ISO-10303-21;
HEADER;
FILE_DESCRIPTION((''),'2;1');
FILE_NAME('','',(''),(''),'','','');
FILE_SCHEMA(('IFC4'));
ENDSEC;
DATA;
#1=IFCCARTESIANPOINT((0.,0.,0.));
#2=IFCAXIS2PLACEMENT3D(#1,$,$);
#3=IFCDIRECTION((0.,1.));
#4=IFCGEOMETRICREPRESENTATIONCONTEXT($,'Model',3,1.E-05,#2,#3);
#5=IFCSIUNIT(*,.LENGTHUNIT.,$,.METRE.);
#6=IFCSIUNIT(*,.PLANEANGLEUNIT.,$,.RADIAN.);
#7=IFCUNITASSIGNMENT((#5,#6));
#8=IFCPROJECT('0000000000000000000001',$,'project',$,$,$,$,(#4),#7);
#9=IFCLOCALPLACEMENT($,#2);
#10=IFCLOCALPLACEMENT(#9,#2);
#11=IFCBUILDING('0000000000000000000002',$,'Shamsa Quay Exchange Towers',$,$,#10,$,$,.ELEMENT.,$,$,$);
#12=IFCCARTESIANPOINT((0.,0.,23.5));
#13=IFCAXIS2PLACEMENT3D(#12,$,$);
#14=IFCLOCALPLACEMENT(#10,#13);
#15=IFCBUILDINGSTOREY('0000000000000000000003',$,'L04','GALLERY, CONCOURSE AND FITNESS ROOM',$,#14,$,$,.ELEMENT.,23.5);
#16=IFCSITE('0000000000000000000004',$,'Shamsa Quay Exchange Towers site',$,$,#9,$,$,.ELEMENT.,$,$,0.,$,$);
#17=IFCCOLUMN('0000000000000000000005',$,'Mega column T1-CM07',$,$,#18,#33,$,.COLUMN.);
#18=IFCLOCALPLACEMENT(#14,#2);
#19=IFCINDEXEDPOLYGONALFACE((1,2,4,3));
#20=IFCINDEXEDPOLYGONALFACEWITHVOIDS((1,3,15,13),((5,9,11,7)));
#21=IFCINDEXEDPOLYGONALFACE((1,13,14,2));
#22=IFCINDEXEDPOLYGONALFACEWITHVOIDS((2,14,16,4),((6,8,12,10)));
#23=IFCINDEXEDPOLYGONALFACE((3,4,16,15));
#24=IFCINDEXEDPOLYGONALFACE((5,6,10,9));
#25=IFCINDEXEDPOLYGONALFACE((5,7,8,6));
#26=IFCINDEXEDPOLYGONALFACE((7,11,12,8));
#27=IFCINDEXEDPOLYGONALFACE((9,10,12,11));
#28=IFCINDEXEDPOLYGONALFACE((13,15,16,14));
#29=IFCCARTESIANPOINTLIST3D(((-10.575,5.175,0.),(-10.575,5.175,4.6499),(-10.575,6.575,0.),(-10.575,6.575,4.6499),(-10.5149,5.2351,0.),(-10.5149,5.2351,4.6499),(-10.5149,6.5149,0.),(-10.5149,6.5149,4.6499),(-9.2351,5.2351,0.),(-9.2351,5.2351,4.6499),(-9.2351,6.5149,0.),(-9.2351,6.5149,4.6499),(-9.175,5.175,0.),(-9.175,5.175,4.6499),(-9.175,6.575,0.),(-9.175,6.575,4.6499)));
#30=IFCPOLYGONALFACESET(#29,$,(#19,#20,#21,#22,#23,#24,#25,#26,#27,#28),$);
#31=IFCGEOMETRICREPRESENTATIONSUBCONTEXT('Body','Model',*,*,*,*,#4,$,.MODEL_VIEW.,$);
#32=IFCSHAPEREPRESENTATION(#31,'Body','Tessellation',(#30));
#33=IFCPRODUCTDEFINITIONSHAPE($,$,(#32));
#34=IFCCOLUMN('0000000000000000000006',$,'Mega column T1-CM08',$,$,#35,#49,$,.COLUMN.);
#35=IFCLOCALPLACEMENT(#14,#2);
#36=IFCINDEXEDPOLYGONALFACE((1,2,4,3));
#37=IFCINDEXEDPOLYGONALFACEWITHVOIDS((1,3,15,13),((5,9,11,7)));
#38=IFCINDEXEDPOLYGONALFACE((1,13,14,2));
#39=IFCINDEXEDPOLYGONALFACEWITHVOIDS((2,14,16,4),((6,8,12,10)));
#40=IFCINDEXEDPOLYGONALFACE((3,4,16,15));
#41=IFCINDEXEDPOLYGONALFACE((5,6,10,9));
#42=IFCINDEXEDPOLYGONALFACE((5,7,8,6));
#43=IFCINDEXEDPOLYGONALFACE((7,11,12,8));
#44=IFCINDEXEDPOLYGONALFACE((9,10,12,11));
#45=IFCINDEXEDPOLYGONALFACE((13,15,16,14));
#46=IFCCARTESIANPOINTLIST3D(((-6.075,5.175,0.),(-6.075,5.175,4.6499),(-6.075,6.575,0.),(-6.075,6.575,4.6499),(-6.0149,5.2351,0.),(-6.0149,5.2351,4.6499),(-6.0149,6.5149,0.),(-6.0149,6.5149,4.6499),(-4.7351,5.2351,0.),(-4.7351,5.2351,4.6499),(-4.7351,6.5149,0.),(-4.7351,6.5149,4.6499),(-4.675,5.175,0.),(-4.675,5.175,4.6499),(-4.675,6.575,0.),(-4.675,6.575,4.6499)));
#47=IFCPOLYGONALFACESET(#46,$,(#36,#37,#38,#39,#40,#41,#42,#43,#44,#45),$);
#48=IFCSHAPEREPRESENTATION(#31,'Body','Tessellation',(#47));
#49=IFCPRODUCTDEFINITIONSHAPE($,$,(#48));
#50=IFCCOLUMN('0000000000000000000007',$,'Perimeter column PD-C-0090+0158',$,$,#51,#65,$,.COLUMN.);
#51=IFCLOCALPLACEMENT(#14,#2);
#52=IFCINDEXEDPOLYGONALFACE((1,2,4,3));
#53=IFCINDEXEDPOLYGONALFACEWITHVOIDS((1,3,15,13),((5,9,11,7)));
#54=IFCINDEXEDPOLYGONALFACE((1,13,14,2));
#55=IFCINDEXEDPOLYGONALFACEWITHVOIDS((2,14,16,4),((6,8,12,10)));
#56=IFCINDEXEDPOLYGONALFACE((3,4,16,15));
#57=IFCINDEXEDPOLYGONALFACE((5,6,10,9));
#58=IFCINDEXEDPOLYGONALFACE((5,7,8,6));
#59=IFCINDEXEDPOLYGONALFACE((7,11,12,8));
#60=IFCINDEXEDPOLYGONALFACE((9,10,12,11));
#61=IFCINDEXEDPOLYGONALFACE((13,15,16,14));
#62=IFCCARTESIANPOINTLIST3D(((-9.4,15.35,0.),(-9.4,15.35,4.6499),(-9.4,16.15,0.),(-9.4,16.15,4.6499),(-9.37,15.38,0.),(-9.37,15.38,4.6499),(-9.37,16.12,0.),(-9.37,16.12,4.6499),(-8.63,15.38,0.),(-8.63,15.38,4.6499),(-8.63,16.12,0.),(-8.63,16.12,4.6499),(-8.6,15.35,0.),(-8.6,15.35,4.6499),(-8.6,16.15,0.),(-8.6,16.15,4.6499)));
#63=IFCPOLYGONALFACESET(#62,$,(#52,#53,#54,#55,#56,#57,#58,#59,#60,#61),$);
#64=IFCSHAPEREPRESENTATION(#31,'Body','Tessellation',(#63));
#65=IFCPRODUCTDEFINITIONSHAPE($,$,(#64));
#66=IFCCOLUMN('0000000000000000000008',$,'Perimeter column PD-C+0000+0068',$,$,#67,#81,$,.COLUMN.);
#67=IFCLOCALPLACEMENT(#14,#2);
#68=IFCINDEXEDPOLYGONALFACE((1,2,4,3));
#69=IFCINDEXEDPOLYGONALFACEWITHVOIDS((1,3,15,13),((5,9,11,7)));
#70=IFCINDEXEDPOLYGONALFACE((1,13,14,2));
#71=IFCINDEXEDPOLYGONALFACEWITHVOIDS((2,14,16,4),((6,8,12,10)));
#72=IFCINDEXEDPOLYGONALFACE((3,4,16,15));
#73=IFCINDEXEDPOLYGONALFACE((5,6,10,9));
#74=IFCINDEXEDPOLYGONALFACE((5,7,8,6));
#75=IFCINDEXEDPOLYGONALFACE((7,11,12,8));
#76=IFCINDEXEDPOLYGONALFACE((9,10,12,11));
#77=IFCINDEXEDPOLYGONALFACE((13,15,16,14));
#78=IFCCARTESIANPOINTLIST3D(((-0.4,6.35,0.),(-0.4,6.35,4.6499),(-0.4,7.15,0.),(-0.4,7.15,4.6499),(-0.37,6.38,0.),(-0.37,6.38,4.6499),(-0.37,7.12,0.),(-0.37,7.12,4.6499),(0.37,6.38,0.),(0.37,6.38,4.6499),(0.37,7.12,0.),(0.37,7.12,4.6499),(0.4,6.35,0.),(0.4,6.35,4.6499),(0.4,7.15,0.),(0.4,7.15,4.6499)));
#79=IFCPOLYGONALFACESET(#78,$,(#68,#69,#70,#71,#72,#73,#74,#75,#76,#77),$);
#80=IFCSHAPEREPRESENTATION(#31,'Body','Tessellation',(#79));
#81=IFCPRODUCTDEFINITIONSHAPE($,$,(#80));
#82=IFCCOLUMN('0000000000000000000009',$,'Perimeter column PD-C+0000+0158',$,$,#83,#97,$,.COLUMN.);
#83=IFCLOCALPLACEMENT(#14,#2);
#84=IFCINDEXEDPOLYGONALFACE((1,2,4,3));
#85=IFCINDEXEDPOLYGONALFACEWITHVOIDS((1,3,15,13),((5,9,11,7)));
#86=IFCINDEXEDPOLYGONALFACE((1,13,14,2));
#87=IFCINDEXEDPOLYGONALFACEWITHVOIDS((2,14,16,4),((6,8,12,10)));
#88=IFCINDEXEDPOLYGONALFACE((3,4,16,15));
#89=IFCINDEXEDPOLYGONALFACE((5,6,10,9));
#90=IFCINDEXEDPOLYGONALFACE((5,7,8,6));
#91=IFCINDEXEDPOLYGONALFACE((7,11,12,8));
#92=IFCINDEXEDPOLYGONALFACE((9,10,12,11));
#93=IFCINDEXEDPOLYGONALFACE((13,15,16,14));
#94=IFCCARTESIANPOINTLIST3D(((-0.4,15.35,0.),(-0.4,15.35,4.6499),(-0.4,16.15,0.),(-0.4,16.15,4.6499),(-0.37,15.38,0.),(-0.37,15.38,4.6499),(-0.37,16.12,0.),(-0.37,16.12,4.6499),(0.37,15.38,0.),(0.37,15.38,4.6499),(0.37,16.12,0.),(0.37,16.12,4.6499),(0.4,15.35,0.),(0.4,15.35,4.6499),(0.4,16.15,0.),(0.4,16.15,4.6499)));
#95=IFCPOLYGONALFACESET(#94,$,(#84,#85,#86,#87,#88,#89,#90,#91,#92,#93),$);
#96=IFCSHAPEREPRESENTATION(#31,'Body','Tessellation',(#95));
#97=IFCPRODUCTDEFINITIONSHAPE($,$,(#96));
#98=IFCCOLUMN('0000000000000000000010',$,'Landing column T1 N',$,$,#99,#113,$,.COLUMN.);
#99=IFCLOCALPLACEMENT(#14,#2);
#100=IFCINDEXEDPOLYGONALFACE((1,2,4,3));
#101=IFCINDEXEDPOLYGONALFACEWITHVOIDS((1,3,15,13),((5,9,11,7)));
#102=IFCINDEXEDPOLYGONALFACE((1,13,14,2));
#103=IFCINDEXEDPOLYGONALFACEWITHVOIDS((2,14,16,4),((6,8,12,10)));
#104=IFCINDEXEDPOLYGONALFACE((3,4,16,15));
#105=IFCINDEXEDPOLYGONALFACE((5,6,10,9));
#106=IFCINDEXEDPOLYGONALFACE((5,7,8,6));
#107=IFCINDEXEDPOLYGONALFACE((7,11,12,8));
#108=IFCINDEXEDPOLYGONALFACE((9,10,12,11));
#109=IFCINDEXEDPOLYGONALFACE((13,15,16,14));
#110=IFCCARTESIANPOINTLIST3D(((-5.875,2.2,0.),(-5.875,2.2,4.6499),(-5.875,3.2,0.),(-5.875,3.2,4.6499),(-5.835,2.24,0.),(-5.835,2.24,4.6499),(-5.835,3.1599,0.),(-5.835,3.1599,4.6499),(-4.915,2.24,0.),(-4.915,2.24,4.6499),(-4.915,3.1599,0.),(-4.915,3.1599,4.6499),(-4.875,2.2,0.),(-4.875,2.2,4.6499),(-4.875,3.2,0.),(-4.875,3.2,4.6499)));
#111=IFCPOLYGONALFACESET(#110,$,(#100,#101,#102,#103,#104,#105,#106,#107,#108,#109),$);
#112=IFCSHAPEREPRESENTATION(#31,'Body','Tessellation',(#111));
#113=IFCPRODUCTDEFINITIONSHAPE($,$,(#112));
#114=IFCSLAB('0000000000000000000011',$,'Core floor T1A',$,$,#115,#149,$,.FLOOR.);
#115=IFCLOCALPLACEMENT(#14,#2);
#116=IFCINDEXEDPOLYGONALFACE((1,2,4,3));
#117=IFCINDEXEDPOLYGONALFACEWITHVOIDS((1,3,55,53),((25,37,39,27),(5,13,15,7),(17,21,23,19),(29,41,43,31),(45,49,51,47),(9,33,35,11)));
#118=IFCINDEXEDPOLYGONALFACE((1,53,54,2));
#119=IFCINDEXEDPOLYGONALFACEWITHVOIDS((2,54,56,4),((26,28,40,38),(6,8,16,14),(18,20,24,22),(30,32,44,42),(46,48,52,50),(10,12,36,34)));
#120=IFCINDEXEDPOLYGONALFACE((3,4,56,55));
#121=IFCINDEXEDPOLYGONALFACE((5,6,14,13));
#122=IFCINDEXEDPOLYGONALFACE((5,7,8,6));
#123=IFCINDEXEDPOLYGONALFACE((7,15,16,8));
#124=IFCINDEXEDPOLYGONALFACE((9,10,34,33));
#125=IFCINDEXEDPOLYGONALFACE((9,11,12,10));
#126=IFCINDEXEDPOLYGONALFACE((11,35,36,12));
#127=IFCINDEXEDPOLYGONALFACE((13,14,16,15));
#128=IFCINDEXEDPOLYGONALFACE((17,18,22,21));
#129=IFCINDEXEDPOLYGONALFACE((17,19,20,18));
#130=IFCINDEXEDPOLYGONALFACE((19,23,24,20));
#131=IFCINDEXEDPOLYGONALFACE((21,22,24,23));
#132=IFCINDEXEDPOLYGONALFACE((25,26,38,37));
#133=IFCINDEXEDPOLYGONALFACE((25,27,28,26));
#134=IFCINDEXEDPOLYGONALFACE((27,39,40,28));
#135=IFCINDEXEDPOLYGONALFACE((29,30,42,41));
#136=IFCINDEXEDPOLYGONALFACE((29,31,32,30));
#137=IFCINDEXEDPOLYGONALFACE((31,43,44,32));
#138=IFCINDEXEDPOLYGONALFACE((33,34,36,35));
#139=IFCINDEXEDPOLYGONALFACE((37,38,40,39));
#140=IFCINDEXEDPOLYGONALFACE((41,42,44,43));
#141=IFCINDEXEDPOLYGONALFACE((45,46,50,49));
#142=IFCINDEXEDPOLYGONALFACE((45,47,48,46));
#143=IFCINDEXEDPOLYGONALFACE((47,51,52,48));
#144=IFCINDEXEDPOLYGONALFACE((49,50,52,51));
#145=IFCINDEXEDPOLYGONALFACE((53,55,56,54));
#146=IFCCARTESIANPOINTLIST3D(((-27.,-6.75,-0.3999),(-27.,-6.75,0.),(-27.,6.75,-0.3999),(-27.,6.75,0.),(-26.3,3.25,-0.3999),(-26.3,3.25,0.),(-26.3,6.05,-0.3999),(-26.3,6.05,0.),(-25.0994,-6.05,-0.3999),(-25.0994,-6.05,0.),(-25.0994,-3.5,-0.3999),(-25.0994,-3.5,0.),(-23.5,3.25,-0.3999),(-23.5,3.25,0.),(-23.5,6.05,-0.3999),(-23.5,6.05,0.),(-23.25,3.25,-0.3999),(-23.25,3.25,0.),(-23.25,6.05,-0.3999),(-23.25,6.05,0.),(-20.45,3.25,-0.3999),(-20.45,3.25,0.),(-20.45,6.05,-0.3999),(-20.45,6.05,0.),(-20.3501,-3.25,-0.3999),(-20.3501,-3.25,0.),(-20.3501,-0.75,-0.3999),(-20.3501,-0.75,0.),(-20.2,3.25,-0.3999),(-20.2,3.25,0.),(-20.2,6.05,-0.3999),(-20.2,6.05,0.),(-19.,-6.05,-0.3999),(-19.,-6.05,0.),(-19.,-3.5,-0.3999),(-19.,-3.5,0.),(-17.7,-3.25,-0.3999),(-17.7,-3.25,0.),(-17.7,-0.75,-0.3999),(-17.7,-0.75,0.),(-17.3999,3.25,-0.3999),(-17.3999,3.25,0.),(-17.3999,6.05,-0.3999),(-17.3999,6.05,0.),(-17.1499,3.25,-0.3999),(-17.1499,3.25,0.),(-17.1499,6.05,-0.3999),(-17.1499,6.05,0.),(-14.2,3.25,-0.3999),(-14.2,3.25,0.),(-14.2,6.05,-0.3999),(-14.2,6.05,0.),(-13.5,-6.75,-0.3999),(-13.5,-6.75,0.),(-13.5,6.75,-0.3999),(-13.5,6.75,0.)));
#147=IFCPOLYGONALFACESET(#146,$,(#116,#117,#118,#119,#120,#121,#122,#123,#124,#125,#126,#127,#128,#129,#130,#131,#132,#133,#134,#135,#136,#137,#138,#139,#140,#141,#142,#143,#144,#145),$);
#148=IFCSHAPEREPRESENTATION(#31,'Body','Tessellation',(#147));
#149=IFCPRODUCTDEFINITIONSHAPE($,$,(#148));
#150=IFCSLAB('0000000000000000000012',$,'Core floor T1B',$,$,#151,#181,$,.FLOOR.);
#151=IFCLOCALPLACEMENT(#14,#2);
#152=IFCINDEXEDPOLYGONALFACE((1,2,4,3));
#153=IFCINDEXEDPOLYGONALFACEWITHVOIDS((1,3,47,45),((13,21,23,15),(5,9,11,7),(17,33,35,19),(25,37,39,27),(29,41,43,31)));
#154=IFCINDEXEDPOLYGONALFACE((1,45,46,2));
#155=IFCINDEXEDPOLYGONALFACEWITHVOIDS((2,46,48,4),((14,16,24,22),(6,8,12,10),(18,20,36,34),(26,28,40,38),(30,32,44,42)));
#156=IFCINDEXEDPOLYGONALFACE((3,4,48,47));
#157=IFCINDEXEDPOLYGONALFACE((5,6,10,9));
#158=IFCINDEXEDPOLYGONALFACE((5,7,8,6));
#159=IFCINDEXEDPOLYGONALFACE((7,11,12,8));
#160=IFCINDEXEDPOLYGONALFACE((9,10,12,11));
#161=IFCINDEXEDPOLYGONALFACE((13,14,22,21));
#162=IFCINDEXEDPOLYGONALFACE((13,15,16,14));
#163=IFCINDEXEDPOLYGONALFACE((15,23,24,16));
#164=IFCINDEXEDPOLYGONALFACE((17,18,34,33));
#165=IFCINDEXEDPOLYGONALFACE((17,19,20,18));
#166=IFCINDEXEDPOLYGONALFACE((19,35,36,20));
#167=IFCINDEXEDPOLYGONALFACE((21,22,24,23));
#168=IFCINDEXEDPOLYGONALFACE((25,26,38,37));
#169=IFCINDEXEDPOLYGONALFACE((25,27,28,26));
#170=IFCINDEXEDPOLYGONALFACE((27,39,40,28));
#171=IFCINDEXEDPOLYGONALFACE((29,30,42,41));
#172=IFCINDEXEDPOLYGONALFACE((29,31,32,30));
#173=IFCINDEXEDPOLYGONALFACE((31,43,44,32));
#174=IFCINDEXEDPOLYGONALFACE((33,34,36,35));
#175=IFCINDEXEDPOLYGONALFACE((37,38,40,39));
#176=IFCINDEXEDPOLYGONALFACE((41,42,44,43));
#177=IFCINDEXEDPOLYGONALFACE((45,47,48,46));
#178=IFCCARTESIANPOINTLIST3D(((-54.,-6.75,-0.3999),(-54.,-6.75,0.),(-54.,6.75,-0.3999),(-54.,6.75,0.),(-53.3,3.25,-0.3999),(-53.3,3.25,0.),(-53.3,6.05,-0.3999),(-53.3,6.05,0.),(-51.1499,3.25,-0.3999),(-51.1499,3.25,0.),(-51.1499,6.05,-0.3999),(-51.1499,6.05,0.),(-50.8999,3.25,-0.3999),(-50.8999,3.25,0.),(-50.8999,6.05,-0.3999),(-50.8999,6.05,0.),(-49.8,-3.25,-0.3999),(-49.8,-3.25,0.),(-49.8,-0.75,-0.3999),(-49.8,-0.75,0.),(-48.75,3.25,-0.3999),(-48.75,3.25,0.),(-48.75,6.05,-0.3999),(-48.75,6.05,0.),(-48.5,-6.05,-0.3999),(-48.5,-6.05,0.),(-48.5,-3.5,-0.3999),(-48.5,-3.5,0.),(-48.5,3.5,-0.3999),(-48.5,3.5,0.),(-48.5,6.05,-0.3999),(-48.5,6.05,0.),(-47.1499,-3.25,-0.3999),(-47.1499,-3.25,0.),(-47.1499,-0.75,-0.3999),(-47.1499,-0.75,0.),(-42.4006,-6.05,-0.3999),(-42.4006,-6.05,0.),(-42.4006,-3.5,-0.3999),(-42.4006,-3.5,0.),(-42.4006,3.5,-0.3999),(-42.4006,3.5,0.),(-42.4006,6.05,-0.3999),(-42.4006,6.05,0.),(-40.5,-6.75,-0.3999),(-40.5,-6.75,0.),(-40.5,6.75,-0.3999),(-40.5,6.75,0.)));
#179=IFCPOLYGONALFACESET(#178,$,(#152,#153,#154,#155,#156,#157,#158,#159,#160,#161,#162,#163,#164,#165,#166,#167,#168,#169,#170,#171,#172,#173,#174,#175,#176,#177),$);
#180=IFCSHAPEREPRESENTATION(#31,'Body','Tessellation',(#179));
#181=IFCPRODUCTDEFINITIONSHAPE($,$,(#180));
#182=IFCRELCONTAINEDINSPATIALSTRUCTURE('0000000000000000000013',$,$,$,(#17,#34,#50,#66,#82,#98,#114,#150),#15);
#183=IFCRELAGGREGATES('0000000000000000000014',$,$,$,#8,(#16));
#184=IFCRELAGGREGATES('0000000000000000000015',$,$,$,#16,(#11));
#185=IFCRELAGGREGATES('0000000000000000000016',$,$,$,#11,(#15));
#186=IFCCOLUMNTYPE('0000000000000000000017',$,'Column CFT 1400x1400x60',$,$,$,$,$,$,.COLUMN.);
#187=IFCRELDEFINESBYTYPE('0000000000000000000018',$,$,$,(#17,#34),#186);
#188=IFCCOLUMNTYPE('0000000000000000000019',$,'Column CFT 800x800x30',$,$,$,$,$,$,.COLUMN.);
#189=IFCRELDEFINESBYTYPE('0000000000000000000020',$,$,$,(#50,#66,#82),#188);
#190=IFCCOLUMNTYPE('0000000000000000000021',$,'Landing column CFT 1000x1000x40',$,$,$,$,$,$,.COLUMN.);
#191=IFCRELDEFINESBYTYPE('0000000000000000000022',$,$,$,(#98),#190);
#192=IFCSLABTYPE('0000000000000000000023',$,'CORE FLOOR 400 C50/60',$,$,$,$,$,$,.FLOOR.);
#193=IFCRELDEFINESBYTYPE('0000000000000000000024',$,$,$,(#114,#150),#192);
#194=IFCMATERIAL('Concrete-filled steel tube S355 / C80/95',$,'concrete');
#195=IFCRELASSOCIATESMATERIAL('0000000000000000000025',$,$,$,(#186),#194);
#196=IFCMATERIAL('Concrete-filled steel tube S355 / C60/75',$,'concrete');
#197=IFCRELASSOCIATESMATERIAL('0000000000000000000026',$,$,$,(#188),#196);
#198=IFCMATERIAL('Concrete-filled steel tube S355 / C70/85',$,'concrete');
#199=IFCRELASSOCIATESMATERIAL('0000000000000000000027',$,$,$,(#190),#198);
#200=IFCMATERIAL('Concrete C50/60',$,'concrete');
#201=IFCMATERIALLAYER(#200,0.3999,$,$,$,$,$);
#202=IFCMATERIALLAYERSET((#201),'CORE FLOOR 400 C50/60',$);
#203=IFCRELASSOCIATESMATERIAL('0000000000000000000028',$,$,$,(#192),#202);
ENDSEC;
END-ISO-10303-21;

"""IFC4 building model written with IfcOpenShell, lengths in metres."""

from ifc_helpers import new_model, si_unit, direction, frame, origin, origin_2d, place, context, subcontext, project, spatial, polyline, hollow_rectangle, outline, extrude, material, layer, layer_set, material_profile, profile_set, type_object, element, save


model = new_model("IFC4")

# Units and contexts
model_context = context("Model", 3, precision=1e-05, world=origin(), true_north=direction((0.0, 1.0)))
body_context = subcontext(model_context, "Body", "Model", "MODEL_VIEW")
ifc_project = project(units=[si_unit("LENGTHUNIT", "METRE"), si_unit("PLANEANGLEUNIT", "RADIAN")], contexts=[model_context])

# Site, building, storey
site_placement = place(None, origin())
site = spatial("IfcSite", under=ifc_project, at=site_placement, Name="Shamsa Quay Exchange Towers site", CompositionType="ELEMENT", RefElevation=0.0)
building_placement = place(site_placement, origin())
building = spatial("IfcBuilding", under=site, at=building_placement, Name="Shamsa Quay Exchange Towers", CompositionType="ELEMENT")
storey_placement = place(building_placement, frame((0.0, 0.0, 23.5)))
storey = spatial("IfcBuildingStorey", under=building, at=storey_placement, Name="L04", Description="GALLERY, CONCOURSE AND FITNESS ROOM", CompositionType="ELEMENT", Elevation=23.5)

# Columns
ifc_material_1 = material(Name="Concrete-filled steel tube S355 / C80/95", Category="concrete")
ifc_material_profile_1 = material_profile(ifc_material_1, hollow_rectangle(XDim=1.3999, YDim=1.3999, WallThickness=0.0601, at=origin_2d()), Name="CFT 1400x1400x60")
ifc_profile_set_1 = profile_set([ifc_material_profile_1], Name="Concrete-filled steel tube S355 / C80/95")
column_type_1 = type_object("IfcColumnType", Name="Column CFT 1400x1400x60", PredefinedType="COLUMN", material=ifc_profile_set_1)
for number, where, name in (
    (1, (-9.875, 5.875, 0.0), "Mega column T1-CM07"),
    (2, (-5.375, 5.875, 0.0), "Mega column T1-CM08"),
):
    element("IfcColumn", number, at=place(storey_placement, frame(where)), inside=storey, type_object=column_type_1, Name=name, PredefinedType="COLUMN", context=body_context, shape_type="SweptSolid", body=[
        extrude(hollow_rectangle(XDim=1.3999, YDim=1.3999, WallThickness=0.0601, at=origin_2d()), origin(), (0.0, 0.0, 1.0), 4.6499),
    ])
ifc_material_2 = material(Name="Concrete-filled steel tube S355 / C60/75", Category="concrete")
ifc_material_profile_2 = material_profile(ifc_material_2, hollow_rectangle(XDim=0.8, YDim=0.8, WallThickness=0.03, at=origin_2d()), Name="CFT 800x800x30")
ifc_profile_set_2 = profile_set([ifc_material_profile_2], Name="Concrete-filled steel tube S355 / C60/75")
column_type_2 = type_object("IfcColumnType", Name="Column CFT 800x800x30", PredefinedType="COLUMN", material=ifc_profile_set_2)
for number, where, name in (
    (3, (-9.0, 15.75, 0.0), "Perimeter column PD-C-0090+0158"),
    (4, (0.0, 6.75, 0.0), "Perimeter column PD-C+0000+0068"),
    (5, (0.0, 15.75, 0.0), "Perimeter column PD-C+0000+0158"),
):
    element("IfcColumn", number, at=place(storey_placement, frame(where)), inside=storey, type_object=column_type_2, Name=name, PredefinedType="COLUMN", context=body_context, shape_type="SweptSolid", body=[
        extrude(hollow_rectangle(XDim=0.8, YDim=0.8, WallThickness=0.03, at=origin_2d()), origin(), (0.0, 0.0, 1.0), 4.6499),
    ])
ifc_material_3 = material(Name="Concrete-filled steel tube S355 / C70/85", Category="concrete")
ifc_material_profile_3 = material_profile(ifc_material_3, hollow_rectangle(XDim=1.0, YDim=1.0, WallThickness=0.04, at=origin_2d()), Name="CFT 1000x1000x40")
ifc_profile_set_3 = profile_set([ifc_material_profile_3], Name="Concrete-filled steel tube S355 / C70/85")
column_type_3 = type_object("IfcColumnType", Name="Landing column CFT 1000x1000x40", PredefinedType="COLUMN", material=ifc_profile_set_3)
column_placement = place(storey_placement, frame((-5.375, 2.7, 0.0)))
element("IfcColumn", 6, at=column_placement, inside=storey, type_object=column_type_3, Name="Landing column T1 N", PredefinedType="COLUMN", context=body_context, shape_type="SweptSolid", body=[
    extrude(hollow_rectangle(XDim=1.0, YDim=1.0, WallThickness=0.04, at=origin_2d()), origin(), (0.0, 0.0, 1.0), 4.6499),
])

# Slabs
ifc_material_4 = material(Name="Concrete C50/60", Category="concrete")
ifc_layer_1 = layer(ifc_material_4, 0.3999)
ifc_layer_set_1 = layer_set([ifc_layer_1], Name="CORE FLOOR 400 C50/60")
slab_type_1 = type_object("IfcSlabType", Name="CORE FLOOR 400 C50/60", PredefinedType="FLOOR", material=ifc_layer_set_1)
slab_1_placement = place(storey_placement, frame((0.0, 0.0, -0.3999)))
element("IfcSlab", 7, at=slab_1_placement, inside=storey, type_object=slab_type_1, Name="Core floor T1A", PredefinedType="FLOOR", context=body_context, shape_type="SweptSolid", body=[
    extrude(outline(polyline([(-27.0, -6.75), (-13.5, -6.75), (-13.5, 6.75), (-27.0, 6.75), (-27.0, -6.75)]), holes=[polyline([(-25.0994, -6.05), (-25.0994, -3.5), (-19.0, -3.5), (-19.0, -6.05), (-25.0994, -6.05)]), polyline([(-26.3, 3.25), (-26.3, 6.05), (-23.5, 6.05), (-23.5, 3.25), (-26.3, 3.25)]), polyline([(-23.25, 3.25), (-23.25, 6.05), (-20.45, 6.05), (-20.45, 3.25), (-23.25, 3.25)]), polyline([(-20.2, 3.25), (-20.2, 6.05), (-17.3999, 6.05), (-17.3999, 3.25), (-20.2, 3.25)]), polyline([(-17.1499, 3.25), (-17.1499, 6.05), (-14.2, 6.05), (-14.2, 3.25), (-17.1499, 3.25)]), polyline([(-20.3501, -3.25), (-20.3501, -0.75), (-17.7, -0.75), (-17.7, -3.25), (-20.3501, -3.25)])]), origin(), (0.0, 0.0, 1.0), 0.3999),
])
slab_2_placement = place(storey_placement, frame((0.0, 0.0, -0.3999)))
element("IfcSlab", 8, at=slab_2_placement, inside=storey, type_object=slab_type_1, Name="Core floor T1B", PredefinedType="FLOOR", context=body_context, shape_type="SweptSolid", body=[
    extrude(outline(polyline([(-40.5, -6.75), (-40.5, 6.75), (-54.0, 6.75), (-54.0, -6.75), (-40.5, -6.75)]), holes=[polyline([(-42.4006, -3.5), (-42.4006, -6.05), (-48.5, -6.05), (-48.5, -3.5), (-42.4006, -3.5)]), polyline([(-42.4006, 6.05), (-42.4006, 3.5), (-48.5, 3.5), (-48.5, 6.05), (-42.4006, 6.05)]), polyline([(-48.75, 3.25), (-50.8999, 3.25), (-50.8999, 6.05), (-48.75, 6.05), (-48.75, 3.25)]), polyline([(-51.1499, 3.25), (-53.3, 3.25), (-53.3, 6.05), (-51.1499, 6.05), (-51.1499, 3.25)]), polyline([(-47.1499, -3.25), (-49.8, -3.25), (-49.8, -0.75), (-47.1499, -0.75), (-47.1499, -3.25)])]), origin(), (0.0, 0.0, 1.0), 0.3999),
])

save(model, "model.ifc")
